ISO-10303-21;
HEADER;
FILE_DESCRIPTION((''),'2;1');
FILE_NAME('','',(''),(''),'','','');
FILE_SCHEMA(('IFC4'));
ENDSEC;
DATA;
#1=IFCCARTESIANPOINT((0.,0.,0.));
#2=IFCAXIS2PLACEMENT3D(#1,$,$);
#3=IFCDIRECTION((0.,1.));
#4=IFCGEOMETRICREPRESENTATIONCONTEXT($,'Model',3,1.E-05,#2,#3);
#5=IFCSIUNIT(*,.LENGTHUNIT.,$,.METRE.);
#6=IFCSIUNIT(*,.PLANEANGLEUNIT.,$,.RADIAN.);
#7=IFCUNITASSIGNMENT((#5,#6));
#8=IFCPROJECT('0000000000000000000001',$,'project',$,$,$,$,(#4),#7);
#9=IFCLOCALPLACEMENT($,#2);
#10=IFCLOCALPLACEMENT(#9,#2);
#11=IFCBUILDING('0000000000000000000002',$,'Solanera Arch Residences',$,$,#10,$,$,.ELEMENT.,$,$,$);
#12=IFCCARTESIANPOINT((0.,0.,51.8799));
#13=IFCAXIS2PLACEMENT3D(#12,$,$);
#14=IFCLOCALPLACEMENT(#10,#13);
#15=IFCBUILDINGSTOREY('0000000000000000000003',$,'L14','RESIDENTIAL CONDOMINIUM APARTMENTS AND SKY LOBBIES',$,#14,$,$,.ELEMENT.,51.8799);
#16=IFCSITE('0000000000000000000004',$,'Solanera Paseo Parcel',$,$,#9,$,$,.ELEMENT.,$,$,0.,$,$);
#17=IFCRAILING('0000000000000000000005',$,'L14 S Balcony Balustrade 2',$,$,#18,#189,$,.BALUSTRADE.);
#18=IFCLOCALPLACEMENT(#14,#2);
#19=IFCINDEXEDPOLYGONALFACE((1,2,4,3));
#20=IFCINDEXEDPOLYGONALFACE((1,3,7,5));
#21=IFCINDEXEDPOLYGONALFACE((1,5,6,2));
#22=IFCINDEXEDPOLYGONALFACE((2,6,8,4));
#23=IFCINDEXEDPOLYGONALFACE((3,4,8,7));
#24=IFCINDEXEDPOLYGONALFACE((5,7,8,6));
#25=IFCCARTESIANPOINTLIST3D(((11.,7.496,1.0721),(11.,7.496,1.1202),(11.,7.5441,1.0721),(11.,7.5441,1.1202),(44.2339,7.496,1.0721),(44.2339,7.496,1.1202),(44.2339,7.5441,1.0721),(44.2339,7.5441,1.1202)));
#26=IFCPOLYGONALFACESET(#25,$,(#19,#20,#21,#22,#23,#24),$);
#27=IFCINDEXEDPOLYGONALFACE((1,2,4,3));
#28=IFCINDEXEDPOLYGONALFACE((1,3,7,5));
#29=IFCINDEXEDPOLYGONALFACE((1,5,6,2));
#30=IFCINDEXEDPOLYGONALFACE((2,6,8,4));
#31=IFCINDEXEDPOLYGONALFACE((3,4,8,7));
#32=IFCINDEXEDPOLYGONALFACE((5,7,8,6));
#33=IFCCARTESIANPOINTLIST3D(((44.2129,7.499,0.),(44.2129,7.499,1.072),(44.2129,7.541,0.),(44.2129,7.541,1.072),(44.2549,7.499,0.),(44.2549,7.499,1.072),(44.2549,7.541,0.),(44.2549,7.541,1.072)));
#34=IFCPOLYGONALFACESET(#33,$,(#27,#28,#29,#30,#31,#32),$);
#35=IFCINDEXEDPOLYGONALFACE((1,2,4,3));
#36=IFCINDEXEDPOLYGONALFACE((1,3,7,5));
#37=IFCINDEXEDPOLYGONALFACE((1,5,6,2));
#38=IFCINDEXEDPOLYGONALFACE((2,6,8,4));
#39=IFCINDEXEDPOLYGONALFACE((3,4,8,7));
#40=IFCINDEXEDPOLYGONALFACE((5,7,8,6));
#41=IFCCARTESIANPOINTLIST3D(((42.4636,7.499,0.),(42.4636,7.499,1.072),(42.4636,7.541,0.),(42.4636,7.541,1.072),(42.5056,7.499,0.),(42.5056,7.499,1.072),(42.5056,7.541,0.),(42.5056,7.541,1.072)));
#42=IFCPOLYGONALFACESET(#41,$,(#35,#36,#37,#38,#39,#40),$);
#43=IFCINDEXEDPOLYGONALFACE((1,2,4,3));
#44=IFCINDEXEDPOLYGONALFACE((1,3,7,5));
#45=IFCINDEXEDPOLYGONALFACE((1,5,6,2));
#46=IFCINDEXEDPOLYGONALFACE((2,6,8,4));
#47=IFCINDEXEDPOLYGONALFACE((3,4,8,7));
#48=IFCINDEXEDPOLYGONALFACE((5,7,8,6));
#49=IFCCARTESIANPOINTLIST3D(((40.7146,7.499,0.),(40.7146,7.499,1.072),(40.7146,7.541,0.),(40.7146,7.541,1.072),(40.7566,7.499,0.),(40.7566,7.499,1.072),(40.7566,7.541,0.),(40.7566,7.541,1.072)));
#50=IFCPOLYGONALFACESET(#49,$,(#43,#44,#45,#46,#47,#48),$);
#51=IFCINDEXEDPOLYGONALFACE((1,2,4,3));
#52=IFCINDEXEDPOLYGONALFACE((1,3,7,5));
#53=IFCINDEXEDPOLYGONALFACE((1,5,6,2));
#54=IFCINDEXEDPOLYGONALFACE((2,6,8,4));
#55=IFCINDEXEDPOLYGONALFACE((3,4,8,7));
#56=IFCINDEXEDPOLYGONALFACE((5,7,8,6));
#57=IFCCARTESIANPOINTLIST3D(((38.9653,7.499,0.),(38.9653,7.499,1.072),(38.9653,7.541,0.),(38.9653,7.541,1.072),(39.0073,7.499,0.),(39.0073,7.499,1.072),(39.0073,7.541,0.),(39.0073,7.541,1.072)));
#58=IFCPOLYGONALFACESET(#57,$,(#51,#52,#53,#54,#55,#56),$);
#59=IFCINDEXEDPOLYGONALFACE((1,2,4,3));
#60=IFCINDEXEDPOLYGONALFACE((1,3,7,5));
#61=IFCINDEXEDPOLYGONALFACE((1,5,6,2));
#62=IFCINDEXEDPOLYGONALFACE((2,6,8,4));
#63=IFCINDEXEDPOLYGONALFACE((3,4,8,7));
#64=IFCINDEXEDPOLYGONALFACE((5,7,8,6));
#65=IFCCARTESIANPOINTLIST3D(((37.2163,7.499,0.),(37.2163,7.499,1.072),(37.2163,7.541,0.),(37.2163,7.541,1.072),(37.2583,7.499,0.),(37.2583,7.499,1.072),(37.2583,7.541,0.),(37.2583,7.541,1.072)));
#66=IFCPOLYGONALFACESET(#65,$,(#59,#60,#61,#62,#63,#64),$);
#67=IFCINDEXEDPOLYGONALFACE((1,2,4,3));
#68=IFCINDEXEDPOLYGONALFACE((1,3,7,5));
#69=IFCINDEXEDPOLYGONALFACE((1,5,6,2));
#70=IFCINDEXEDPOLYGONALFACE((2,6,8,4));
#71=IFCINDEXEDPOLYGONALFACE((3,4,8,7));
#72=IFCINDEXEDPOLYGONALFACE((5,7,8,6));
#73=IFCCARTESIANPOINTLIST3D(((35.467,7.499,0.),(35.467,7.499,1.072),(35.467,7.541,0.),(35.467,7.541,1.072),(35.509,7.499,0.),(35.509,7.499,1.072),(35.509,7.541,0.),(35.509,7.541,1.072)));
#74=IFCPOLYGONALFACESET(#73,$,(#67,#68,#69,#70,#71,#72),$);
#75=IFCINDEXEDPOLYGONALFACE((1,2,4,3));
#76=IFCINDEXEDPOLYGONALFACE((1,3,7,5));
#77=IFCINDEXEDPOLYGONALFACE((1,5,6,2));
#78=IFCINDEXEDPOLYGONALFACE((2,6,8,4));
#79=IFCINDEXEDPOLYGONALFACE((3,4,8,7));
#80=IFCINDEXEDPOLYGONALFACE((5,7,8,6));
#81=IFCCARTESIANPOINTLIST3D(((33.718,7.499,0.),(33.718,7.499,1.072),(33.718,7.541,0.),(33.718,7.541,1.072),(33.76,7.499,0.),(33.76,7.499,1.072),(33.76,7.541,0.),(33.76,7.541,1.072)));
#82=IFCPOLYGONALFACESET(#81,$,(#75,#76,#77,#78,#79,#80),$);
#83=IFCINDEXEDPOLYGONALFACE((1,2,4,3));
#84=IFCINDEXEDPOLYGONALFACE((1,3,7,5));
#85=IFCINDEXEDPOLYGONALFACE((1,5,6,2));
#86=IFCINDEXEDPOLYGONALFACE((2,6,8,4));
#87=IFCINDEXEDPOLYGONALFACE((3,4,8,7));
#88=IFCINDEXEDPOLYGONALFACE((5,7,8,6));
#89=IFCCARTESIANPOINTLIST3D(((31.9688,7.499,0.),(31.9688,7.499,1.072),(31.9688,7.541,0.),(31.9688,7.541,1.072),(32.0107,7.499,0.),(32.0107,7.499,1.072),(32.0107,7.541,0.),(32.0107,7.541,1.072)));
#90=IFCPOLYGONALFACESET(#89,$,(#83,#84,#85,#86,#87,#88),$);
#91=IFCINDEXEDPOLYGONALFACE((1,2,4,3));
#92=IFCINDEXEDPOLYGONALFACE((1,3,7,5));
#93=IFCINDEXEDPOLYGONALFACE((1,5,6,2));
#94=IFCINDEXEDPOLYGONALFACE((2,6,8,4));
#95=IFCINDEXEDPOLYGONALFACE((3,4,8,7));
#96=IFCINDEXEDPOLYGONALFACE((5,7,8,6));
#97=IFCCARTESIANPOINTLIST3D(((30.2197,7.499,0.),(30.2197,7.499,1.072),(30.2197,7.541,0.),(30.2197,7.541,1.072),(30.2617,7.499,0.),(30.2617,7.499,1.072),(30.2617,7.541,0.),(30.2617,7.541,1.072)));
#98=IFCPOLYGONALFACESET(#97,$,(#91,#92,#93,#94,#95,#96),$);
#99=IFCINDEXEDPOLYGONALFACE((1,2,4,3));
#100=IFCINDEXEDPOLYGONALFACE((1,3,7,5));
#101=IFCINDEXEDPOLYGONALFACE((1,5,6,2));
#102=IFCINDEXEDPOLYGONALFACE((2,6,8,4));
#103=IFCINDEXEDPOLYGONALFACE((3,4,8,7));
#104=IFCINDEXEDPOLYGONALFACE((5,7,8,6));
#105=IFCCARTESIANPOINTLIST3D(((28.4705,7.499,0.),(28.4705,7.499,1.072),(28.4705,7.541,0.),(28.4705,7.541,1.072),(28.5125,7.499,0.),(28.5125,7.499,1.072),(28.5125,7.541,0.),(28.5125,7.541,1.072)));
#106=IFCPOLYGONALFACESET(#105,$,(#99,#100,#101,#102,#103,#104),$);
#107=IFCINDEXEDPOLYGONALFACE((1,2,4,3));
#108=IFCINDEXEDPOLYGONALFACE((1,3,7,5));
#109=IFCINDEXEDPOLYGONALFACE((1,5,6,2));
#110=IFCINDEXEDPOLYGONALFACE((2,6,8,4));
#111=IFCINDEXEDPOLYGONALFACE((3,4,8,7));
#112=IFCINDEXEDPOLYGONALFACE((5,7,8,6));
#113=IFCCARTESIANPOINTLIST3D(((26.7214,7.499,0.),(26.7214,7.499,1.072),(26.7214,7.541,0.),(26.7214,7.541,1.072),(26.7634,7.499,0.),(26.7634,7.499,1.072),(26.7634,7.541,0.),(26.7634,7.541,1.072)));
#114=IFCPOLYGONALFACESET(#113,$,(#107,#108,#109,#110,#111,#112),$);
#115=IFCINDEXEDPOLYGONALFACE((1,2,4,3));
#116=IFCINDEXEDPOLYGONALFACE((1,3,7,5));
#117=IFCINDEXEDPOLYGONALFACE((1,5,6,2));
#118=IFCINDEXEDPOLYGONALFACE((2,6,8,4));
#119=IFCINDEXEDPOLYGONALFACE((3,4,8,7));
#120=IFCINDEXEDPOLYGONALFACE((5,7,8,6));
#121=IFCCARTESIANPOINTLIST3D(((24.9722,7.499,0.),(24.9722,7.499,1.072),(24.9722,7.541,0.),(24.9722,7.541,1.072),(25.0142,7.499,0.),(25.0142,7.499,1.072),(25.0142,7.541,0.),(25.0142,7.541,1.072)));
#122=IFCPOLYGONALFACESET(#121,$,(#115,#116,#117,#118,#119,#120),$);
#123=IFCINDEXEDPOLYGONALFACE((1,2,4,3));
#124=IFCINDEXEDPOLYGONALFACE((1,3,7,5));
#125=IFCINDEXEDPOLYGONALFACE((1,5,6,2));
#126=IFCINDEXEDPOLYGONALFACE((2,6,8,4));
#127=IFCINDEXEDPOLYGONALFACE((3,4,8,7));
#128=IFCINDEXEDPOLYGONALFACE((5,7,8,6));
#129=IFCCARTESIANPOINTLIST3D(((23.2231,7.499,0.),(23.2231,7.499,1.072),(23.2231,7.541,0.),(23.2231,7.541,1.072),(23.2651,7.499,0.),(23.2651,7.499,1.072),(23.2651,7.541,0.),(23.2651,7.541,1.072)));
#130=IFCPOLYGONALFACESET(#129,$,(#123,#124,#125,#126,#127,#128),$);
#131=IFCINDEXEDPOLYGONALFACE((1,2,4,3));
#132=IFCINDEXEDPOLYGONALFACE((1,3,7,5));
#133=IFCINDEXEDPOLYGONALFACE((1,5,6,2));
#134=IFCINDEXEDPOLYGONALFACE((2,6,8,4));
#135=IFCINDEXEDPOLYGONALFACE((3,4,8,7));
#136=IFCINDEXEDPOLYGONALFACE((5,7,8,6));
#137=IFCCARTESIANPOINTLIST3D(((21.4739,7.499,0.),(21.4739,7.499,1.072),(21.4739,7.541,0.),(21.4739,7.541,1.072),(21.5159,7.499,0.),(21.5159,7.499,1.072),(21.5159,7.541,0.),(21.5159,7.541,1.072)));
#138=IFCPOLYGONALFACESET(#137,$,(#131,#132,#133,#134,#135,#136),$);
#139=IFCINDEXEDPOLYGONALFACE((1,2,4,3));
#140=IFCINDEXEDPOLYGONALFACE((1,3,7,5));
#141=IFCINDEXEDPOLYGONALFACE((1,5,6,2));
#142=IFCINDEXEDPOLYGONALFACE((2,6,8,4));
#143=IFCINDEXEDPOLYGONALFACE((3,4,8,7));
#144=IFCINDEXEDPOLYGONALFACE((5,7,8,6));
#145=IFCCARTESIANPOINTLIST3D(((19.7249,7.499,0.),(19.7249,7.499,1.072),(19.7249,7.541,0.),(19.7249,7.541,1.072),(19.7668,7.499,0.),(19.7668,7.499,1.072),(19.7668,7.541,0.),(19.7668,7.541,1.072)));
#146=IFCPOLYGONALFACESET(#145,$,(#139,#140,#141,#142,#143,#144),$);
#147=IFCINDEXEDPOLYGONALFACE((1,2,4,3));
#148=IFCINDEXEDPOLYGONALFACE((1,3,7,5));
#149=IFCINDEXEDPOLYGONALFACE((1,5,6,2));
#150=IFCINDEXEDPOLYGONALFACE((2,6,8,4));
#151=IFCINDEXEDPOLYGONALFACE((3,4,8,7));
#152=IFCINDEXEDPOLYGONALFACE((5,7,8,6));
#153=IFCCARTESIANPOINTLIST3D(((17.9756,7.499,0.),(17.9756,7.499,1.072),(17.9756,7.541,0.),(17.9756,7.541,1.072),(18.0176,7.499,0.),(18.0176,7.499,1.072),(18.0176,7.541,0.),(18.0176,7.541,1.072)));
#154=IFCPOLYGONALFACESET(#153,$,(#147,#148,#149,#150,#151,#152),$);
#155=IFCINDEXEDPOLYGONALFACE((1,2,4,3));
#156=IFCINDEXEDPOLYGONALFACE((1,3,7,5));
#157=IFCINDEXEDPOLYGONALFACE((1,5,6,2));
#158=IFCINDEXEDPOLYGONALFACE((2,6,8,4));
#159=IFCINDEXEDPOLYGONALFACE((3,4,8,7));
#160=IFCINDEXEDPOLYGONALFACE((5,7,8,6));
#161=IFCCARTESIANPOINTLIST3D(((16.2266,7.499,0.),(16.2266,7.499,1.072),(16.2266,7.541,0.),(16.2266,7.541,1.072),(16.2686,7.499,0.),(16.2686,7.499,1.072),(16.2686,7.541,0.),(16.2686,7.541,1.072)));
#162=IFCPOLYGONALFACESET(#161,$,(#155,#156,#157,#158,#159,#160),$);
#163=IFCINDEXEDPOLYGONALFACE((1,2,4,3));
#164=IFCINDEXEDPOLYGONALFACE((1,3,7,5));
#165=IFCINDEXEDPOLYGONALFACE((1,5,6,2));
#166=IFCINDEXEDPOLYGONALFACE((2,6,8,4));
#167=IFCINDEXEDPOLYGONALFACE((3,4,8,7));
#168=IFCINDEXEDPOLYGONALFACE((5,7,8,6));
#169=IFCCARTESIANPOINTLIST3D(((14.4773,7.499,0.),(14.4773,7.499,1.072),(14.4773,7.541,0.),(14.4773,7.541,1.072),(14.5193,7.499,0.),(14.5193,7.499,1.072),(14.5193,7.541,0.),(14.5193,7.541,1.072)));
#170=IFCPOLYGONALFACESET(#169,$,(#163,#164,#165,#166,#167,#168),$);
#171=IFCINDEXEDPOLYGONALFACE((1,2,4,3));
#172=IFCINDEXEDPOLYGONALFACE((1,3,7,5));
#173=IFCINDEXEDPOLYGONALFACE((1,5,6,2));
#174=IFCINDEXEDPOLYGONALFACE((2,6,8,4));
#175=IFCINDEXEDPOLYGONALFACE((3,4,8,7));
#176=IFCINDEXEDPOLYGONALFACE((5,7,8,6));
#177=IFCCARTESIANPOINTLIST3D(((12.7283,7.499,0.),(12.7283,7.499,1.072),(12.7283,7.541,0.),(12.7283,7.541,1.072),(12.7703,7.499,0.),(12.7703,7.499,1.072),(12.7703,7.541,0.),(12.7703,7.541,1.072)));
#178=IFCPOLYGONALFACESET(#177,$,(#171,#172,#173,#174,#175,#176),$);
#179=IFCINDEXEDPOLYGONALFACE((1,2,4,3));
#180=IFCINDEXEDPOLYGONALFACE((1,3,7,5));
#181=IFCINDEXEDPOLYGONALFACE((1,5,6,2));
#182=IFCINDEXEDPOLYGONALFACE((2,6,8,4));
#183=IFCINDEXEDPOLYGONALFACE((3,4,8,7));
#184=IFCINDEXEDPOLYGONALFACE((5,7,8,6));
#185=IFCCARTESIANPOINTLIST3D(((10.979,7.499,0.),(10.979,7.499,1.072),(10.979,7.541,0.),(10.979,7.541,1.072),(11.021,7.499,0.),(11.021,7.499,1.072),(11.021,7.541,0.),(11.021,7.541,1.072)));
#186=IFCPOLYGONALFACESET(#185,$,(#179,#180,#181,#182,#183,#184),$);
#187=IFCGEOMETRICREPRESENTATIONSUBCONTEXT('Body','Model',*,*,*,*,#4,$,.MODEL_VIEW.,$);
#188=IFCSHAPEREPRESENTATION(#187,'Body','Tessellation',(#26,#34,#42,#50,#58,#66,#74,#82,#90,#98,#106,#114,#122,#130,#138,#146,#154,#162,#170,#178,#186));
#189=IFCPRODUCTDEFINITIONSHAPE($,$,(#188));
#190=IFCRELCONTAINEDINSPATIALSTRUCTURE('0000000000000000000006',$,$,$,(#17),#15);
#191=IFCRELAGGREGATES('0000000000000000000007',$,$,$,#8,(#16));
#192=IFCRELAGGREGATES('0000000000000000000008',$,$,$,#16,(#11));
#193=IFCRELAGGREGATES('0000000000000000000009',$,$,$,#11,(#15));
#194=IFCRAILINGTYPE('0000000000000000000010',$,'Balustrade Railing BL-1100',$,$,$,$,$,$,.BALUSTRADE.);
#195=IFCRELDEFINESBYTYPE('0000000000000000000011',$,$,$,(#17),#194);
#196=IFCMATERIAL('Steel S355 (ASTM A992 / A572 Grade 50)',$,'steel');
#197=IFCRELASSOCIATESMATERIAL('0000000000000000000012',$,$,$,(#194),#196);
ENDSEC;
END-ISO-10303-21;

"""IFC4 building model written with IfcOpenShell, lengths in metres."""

from ifc_helpers import new_model, si_unit, direction, frame, origin, origin_2d, place, context, subcontext, project, spatial, rectangle, extrude, material, type_object, element, save


model = new_model("IFC4")

# Units and contexts
model_context = context("Model", 3, precision=1e-05, world=origin(), true_north=direction((0.0, 1.0)))
body_context = subcontext(model_context, "Body", "Model", "MODEL_VIEW")
ifc_project = project(units=[si_unit("LENGTHUNIT", "METRE"), si_unit("PLANEANGLEUNIT", "RADIAN")], contexts=[model_context])

# Site, building, storey
site_placement = place(None, origin())
site = spatial("IfcSite", under=ifc_project, at=site_placement, Name="Solanera Paseo Parcel", CompositionType="ELEMENT", RefElevation=0.0)
building_placement = place(site_placement, origin())
building = spatial("IfcBuilding", under=site, at=building_placement, Name="Solanera Arch Residences", CompositionType="ELEMENT")
storey_placement = place(building_placement, frame((0.0, 0.0, 51.8799)))
storey = spatial("IfcBuildingStorey", under=building, at=storey_placement, Name="L14", Description="RESIDENTIAL CONDOMINIUM APARTMENTS AND SKY LOBBIES", CompositionType="ELEMENT", Elevation=51.8799)

# Railing
ifc_material_1 = material(Name="Steel S355 (ASTM A992 / A572 Grade 50)", Category="steel")
railing_type = type_object("IfcRailingType", Name="Balustrade Railing BL-1100", PredefinedType="BALUSTRADE", material=ifc_material_1)
railing_1_placement = place(storey_placement, frame((44.2339, 7.52, 0.0)))
element("IfcRailing", 1, at=railing_1_placement, inside=storey, type_object=railing_type, Name="L14 S Balcony Balustrade 2", PredefinedType="BALUSTRADE", context=body_context, shape_type="SweptSolid", body=[
    extrude(rectangle(XDim=0.0481, YDim=0.0481, at=origin_2d()), frame((0.0, 0.0, 1.0962), z_axis=(-1.0, 0.0, 0.0), x_axis=(0.0, -1.0, 0.0)), (0.0, 0.0, 1.0), 33.2339),
    extrude(rectangle(XDim=0.042, YDim=0.042, at=origin_2d()), origin(), (0.0, 0.0, 1.0), 1.072),
    extrude(rectangle(XDim=0.042, YDim=0.042, at=origin_2d()), frame((-1.7493, 0.0, 0.0)), (0.0, 0.0, 1.0), 1.072),
    extrude(rectangle(XDim=0.042, YDim=0.042, at=origin_2d()), frame((-3.4983, 0.0, 0.0)), (0.0, 0.0, 1.0), 1.072),
    extrude(rectangle(XDim=0.042, YDim=0.042, at=origin_2d()), frame((-5.2476, 0.0, 0.0)), (0.0, 0.0, 1.0), 1.072),
    extrude(rectangle(XDim=0.042, YDim=0.042, at=origin_2d()), frame((-6.9966, 0.0, 0.0)), (0.0, 0.0, 1.0), 1.072),
    extrude(rectangle(XDim=0.042, YDim=0.042, at=origin_2d()), frame((-8.7458, 0.0, 0.0)), (0.0, 0.0, 1.0), 1.072),
    extrude(rectangle(XDim=0.042, YDim=0.042, at=origin_2d()), frame((-10.4949, 0.0, 0.0)), (0.0, 0.0, 1.0), 1.072),
    extrude(rectangle(XDim=0.042, YDim=0.042, at=origin_2d()), frame((-12.2441, 0.0, 0.0)), (0.0, 0.0, 1.0), 1.072),
    extrude(rectangle(XDim=0.042, YDim=0.042, at=origin_2d()), frame((-13.9932, 0.0, 0.0)), (0.0, 0.0, 1.0), 1.072),
    extrude(rectangle(XDim=0.042, YDim=0.042, at=origin_2d()), frame((-15.7424, 0.0, 0.0)), (0.0, 0.0, 1.0), 1.072),
    extrude(rectangle(XDim=0.042, YDim=0.042, at=origin_2d()), frame((-17.4915, 0.0, 0.0)), (0.0, 0.0, 1.0), 1.072),
    extrude(rectangle(XDim=0.042, YDim=0.042, at=origin_2d()), frame((-19.2407, 0.0, 0.0)), (0.0, 0.0, 1.0), 1.072),
    extrude(rectangle(XDim=0.042, YDim=0.042, at=origin_2d()), frame((-20.9897, 0.0, 0.0)), (0.0, 0.0, 1.0), 1.072),
    extrude(rectangle(XDim=0.042, YDim=0.042, at=origin_2d()), frame((-22.739, 0.0, 0.0)), (0.0, 0.0, 1.0), 1.072),
    extrude(rectangle(XDim=0.042, YDim=0.042, at=origin_2d()), frame((-24.488, 0.0, 0.0)), (0.0, 0.0, 1.0), 1.072),
    extrude(rectangle(XDim=0.042, YDim=0.042, at=origin_2d()), frame((-26.2373, 0.0, 0.0)), (0.0, 0.0, 1.0), 1.072),
    extrude(rectangle(XDim=0.042, YDim=0.042, at=origin_2d()), frame((-27.9863, 0.0, 0.0)), (0.0, 0.0, 1.0), 1.072),
    extrude(rectangle(XDim=0.042, YDim=0.042, at=origin_2d()), frame((-29.7356, 0.0, 0.0)), (0.0, 0.0, 1.0), 1.072),
    extrude(rectangle(XDim=0.042, YDim=0.042, at=origin_2d()), frame((-31.4846, 0.0, 0.0)), (0.0, 0.0, 1.0), 1.072),
    extrude(rectangle(XDim=0.042, YDim=0.042, at=origin_2d()), frame((-33.2339, 0.0, 0.0)), (0.0, 0.0, 1.0), 1.072),
])

save(model, "model.ifc")
